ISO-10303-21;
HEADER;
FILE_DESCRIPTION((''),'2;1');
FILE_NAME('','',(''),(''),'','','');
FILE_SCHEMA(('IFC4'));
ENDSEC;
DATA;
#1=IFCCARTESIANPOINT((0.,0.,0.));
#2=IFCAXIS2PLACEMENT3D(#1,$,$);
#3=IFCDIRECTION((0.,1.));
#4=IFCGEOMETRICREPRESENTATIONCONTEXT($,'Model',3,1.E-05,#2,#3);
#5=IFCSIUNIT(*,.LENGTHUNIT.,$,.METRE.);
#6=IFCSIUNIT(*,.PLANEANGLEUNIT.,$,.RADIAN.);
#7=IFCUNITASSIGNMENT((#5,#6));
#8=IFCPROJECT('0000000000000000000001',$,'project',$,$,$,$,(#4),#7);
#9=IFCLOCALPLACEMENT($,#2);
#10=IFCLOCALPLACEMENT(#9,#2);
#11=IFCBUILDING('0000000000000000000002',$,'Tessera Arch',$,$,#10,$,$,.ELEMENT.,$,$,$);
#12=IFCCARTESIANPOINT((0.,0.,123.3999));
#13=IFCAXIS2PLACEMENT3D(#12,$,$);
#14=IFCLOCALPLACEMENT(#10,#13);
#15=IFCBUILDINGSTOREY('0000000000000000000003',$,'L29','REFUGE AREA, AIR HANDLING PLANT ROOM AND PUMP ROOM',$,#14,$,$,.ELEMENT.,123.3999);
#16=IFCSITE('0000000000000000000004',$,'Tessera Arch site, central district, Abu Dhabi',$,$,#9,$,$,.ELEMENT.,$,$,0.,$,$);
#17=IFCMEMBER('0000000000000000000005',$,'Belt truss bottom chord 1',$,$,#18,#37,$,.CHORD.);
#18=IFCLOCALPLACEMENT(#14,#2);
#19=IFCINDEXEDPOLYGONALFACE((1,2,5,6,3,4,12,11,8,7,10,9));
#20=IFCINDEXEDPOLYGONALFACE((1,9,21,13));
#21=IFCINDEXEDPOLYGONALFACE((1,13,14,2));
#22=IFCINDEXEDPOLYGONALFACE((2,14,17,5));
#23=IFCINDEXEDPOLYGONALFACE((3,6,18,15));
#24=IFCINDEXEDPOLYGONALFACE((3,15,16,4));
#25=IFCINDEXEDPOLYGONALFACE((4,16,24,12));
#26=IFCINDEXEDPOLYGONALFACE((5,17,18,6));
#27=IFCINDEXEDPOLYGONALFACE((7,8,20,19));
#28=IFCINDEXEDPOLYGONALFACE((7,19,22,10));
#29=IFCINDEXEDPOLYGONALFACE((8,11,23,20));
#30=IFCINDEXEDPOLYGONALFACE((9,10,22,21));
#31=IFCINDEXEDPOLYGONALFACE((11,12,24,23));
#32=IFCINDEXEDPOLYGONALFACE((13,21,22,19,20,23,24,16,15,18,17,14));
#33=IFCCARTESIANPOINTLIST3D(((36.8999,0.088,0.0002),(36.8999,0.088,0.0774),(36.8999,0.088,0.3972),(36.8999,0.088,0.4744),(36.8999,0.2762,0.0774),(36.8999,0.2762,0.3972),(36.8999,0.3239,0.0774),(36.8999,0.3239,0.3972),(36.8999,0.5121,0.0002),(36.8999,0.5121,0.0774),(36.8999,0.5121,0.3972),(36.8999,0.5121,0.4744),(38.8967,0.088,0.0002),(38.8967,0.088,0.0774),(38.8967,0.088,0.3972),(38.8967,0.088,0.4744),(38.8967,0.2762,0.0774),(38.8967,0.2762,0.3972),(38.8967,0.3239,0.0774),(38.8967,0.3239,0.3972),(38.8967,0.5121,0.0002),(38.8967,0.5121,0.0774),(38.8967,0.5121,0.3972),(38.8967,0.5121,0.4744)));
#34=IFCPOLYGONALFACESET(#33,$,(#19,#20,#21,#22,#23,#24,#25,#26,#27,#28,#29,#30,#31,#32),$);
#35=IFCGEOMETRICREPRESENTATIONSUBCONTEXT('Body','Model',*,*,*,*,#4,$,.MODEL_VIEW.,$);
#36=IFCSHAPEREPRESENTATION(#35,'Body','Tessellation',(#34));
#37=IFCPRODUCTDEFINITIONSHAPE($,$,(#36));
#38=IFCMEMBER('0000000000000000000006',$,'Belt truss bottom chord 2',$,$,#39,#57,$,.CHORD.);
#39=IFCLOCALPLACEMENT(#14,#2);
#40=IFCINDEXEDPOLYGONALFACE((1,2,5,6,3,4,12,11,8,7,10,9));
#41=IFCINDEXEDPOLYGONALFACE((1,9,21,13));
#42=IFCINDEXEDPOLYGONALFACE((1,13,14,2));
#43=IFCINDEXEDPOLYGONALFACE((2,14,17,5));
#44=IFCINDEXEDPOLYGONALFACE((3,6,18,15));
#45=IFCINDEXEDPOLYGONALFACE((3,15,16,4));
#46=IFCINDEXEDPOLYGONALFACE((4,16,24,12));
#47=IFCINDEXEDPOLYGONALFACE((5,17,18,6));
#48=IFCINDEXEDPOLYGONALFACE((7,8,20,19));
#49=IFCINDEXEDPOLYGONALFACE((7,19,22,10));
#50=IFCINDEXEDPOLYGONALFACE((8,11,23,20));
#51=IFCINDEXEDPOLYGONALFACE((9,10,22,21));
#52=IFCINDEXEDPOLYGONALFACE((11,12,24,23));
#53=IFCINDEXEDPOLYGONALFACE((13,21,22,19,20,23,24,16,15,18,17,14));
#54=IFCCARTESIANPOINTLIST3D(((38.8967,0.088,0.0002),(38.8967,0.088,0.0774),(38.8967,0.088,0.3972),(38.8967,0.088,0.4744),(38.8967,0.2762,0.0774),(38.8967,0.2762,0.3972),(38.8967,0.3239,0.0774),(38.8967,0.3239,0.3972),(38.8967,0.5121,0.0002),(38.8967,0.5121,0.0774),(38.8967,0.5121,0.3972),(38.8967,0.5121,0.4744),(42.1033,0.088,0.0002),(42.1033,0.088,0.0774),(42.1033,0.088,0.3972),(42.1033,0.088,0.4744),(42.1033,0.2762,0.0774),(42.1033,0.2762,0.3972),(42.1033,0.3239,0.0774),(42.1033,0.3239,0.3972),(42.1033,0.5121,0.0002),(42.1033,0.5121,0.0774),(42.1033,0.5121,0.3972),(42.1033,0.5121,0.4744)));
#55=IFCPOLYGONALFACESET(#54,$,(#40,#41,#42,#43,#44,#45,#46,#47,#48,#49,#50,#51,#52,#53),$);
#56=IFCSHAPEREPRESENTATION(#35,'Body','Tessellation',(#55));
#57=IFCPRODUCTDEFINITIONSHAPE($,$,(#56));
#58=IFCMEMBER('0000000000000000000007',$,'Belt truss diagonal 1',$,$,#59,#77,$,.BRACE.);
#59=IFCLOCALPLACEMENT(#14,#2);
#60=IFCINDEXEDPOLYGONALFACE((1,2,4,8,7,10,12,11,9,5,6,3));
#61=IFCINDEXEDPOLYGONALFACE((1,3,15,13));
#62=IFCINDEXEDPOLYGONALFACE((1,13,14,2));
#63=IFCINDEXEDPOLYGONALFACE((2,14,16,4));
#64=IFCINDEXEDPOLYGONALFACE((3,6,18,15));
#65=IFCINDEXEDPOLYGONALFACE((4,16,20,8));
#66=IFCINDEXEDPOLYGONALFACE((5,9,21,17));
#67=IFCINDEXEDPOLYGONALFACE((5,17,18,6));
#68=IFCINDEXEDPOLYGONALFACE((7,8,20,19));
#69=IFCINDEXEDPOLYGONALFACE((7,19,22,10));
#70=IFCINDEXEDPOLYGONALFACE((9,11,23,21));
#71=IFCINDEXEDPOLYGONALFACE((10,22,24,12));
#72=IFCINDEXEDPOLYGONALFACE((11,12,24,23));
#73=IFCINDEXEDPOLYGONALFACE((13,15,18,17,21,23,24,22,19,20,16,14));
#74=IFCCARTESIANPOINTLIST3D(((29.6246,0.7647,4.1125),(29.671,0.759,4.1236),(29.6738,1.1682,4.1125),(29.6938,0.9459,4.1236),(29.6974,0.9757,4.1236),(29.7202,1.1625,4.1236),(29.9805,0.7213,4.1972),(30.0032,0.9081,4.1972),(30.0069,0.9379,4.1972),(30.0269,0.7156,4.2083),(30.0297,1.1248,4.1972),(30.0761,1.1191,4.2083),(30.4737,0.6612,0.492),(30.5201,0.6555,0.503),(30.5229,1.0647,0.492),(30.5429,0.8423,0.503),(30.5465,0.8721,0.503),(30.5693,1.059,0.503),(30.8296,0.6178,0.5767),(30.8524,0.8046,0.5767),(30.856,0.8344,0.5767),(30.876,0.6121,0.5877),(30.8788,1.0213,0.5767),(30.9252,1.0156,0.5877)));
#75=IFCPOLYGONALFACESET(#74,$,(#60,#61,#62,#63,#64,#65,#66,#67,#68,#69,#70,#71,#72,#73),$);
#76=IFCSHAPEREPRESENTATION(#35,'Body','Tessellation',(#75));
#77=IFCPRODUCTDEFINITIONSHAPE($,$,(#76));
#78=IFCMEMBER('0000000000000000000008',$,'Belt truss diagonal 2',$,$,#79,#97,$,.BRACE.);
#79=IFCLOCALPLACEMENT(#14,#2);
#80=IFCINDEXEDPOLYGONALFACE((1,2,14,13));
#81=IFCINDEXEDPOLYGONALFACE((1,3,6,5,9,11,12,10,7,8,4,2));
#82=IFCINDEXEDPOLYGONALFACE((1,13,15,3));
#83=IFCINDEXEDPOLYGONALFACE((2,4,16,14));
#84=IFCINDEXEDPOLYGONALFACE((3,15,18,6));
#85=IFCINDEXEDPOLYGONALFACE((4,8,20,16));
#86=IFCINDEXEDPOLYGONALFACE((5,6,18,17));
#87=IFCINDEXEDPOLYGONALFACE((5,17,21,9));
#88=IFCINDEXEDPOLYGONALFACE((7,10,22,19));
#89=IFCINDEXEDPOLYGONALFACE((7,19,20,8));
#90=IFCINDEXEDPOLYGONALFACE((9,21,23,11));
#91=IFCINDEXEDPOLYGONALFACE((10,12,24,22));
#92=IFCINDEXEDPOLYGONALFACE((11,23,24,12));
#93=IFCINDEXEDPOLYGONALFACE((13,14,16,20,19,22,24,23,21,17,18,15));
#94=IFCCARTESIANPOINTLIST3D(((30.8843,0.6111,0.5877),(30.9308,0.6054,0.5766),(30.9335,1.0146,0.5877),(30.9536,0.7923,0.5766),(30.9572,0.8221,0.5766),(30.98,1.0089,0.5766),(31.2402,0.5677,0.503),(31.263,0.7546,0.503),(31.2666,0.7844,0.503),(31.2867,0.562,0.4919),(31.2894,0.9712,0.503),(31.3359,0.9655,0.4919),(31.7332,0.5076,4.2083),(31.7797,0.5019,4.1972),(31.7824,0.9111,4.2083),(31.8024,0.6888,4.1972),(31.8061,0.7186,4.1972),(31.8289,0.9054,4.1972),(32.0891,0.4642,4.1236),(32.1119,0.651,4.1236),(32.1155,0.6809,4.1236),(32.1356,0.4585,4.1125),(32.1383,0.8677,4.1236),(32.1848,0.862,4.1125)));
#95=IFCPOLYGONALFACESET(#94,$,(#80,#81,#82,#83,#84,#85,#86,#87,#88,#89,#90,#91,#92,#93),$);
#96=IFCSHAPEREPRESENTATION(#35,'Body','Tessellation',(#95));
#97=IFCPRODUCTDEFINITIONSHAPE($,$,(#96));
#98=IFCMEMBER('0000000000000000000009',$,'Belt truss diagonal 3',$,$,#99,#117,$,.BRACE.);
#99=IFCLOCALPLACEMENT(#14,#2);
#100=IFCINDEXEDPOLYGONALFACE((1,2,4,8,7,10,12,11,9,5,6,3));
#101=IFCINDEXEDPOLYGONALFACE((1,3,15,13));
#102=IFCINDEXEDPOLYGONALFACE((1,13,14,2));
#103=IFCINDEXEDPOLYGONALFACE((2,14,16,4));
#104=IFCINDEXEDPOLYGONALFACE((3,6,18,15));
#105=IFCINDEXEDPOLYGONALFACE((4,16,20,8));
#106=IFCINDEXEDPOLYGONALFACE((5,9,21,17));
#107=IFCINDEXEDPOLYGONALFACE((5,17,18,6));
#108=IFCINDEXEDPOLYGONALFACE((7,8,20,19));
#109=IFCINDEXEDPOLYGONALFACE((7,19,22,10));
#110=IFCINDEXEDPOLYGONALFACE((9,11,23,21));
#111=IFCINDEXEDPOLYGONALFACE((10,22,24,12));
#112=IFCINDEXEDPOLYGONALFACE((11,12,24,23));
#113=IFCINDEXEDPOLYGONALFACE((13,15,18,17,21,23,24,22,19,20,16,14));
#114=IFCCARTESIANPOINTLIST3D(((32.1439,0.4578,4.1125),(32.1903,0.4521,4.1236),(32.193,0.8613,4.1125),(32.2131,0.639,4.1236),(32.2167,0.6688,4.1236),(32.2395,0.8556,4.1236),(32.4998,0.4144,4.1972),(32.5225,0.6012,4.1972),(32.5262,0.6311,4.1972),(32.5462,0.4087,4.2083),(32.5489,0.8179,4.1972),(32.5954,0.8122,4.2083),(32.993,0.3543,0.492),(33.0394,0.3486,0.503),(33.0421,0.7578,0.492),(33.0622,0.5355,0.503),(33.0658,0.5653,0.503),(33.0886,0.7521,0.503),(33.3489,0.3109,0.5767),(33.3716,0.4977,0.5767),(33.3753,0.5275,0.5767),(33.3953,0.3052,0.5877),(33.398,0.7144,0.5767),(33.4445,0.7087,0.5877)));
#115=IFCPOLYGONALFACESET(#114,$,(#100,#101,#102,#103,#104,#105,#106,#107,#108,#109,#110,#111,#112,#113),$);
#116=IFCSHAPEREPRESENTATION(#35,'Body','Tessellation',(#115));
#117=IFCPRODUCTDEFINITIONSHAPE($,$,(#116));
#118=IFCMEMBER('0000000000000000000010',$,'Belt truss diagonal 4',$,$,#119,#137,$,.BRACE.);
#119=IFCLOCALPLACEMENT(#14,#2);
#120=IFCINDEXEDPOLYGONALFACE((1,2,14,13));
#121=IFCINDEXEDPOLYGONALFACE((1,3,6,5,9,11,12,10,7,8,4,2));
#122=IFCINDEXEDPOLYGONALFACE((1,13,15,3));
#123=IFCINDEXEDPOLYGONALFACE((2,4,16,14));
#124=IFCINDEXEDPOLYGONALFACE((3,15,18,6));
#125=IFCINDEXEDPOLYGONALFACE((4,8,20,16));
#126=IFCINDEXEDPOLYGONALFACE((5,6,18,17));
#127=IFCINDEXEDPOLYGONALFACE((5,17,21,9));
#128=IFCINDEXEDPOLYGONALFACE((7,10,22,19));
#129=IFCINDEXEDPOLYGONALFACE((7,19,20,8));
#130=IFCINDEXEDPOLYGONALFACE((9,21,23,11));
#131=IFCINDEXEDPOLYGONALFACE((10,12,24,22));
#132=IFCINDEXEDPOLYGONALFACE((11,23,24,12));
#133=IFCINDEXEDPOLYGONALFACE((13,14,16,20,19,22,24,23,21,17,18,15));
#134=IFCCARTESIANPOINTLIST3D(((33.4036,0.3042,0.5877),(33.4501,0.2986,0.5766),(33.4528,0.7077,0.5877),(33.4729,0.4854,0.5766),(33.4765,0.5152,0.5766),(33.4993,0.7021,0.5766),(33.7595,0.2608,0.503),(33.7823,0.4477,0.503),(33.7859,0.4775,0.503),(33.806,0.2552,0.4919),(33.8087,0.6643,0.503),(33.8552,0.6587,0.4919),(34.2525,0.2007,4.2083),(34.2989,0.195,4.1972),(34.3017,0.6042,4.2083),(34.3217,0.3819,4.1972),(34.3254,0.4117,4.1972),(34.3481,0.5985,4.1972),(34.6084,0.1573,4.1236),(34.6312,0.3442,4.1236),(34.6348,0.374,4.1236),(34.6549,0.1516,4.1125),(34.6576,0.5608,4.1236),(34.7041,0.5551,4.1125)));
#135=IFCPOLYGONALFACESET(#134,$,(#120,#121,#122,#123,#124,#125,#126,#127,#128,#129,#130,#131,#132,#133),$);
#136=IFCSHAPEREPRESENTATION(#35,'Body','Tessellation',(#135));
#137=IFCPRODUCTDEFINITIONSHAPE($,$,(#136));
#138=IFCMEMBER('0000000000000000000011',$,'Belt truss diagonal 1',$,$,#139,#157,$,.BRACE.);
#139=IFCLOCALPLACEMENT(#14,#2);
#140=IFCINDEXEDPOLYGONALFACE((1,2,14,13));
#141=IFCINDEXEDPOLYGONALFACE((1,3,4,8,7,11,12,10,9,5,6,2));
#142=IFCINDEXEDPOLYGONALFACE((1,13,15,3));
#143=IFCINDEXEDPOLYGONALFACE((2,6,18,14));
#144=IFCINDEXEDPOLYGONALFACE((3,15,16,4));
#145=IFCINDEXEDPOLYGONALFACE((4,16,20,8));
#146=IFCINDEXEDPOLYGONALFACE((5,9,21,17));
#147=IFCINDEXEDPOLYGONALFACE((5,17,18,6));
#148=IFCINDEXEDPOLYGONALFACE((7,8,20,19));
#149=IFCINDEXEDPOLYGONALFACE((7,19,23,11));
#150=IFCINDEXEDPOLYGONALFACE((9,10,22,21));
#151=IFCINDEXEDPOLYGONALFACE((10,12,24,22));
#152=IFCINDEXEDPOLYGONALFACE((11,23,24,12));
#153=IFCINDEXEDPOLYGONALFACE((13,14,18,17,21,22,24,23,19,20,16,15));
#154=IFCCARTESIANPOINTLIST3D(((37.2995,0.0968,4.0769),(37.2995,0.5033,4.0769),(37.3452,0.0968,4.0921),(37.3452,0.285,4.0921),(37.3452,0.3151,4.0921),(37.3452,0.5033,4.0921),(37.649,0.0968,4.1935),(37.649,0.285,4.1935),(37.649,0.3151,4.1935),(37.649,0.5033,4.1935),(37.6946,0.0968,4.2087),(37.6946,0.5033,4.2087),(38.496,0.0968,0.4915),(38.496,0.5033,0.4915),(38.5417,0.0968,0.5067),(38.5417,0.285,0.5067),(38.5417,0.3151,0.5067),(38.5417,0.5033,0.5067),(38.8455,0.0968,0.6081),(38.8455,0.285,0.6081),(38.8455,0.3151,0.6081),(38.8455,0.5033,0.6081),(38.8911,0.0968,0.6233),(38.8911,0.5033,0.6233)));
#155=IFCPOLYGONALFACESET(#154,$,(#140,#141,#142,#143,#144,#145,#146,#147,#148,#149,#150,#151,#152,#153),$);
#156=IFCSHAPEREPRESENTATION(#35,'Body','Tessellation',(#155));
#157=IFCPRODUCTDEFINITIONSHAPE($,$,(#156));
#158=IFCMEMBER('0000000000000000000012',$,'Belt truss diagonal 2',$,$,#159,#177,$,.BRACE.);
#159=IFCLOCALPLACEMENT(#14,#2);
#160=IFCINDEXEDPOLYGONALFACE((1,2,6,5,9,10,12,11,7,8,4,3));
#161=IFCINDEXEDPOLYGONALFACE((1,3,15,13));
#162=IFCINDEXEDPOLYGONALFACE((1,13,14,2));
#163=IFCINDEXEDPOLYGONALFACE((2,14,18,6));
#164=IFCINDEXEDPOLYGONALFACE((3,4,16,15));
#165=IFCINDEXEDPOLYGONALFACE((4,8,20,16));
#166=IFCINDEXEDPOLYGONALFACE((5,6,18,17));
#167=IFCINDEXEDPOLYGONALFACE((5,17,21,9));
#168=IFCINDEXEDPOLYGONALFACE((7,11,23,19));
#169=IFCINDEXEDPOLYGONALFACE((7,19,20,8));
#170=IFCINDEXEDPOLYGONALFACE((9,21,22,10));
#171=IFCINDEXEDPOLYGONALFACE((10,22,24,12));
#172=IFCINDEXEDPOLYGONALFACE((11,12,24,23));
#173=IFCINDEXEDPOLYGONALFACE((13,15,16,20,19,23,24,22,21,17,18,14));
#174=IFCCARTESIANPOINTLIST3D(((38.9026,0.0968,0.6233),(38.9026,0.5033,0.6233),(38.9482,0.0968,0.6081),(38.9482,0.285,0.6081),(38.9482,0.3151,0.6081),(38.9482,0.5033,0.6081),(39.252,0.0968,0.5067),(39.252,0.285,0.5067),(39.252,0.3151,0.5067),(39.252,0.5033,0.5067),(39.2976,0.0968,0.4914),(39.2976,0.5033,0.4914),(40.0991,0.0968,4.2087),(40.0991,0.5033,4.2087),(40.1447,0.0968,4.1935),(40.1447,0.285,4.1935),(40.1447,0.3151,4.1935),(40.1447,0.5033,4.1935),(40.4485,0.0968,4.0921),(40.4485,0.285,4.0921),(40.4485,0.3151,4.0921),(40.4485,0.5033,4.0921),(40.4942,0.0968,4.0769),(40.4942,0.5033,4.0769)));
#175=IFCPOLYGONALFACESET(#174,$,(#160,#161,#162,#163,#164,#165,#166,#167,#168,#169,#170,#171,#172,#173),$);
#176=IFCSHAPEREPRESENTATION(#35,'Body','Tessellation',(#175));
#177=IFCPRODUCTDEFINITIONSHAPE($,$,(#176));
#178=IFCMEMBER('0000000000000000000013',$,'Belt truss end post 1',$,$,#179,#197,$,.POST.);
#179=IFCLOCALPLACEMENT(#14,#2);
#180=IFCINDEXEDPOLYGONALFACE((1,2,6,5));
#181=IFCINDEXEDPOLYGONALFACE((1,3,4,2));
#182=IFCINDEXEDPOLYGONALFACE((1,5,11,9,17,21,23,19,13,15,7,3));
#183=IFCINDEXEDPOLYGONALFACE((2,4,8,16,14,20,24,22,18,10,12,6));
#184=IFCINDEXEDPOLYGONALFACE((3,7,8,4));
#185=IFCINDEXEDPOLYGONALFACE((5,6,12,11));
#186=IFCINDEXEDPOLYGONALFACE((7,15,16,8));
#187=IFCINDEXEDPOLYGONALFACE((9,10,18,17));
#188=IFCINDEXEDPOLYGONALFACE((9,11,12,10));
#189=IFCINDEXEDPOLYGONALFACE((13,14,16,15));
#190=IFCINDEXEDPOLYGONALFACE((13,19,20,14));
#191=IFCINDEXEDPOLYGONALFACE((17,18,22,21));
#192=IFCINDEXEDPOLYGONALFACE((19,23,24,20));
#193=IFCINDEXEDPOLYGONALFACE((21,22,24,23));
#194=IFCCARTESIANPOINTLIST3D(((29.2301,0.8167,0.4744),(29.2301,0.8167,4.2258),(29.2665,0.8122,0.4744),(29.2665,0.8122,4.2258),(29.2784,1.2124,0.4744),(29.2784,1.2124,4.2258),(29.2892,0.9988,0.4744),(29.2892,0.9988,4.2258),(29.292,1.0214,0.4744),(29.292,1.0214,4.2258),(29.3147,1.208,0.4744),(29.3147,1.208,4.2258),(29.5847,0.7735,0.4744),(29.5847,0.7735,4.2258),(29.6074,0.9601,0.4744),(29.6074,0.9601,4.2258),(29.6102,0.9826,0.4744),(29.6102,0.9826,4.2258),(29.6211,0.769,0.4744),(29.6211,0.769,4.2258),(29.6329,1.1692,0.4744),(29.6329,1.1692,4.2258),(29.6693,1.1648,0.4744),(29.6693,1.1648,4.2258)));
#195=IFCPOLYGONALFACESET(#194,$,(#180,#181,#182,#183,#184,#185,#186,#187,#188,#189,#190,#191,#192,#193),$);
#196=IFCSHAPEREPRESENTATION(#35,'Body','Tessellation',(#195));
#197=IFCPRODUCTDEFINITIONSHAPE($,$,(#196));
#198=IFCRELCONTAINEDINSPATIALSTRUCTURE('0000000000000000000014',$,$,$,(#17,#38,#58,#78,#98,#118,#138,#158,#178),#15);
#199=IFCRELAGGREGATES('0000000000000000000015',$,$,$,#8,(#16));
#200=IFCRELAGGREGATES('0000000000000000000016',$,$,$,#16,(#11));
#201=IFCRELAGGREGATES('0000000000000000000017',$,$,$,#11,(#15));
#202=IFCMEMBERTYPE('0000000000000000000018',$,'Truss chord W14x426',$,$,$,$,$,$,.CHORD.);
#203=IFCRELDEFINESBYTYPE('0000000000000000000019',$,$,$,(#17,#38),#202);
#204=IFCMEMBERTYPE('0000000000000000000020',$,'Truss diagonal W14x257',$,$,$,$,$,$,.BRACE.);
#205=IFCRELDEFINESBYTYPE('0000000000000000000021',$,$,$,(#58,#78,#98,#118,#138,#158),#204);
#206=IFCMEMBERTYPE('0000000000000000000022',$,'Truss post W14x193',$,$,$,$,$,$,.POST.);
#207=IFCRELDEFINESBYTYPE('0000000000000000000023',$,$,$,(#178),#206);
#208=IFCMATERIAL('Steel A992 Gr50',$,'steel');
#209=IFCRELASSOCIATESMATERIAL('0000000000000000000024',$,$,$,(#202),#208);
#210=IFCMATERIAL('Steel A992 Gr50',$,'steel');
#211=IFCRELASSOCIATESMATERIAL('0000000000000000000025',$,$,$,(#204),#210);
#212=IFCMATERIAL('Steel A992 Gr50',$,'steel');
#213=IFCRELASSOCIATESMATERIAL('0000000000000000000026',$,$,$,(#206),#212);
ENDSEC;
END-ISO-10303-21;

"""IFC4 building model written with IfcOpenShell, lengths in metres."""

from ifc_helpers import new_model, si_unit, direction, frame, origin, origin_2d, place, context, subcontext, project, spatial, i_section, extrude, material, material_profile, profile_set, type_object, element, save


model = new_model("IFC4")

# Units and contexts
model_context = context("Model", 3, precision=1e-05, world=origin(), true_north=direction((0.0, 1.0)))
body_context = subcontext(model_context, "Body", "Model", "MODEL_VIEW")
ifc_project = project(units=[si_unit("LENGTHUNIT", "METRE"), si_unit("PLANEANGLEUNIT", "RADIAN")], contexts=[model_context])

# Site, building, storey
site_placement = place(None, origin())
site = spatial("IfcSite", under=ifc_project, at=site_placement, Name="Tessera Arch site, central district, Abu Dhabi", CompositionType="ELEMENT", RefElevation=0.0)
building_placement = place(site_placement, origin())
building = spatial("IfcBuilding", under=site, at=building_placement, Name="Tessera Arch", CompositionType="ELEMENT")
storey_placement = place(building_placement, frame((0.0, 0.0, 123.3999)))
storey = spatial("IfcBuildingStorey", under=building, at=storey_placement, Name="L29", Description="REFUGE AREA, AIR HANDLING PLANT ROOM AND PUMP ROOM", CompositionType="ELEMENT", Elevation=123.3999)

# Members
ifc_material_1 = material(Name="Steel A992 Gr50", Category="steel")
ifc_material_profile_1 = material_profile(ifc_material_1, i_section(OverallWidth=0.4241, OverallDepth=0.4741, WebThickness=0.0476, FlangeThickness=0.0771, at=origin_2d()), Name="W14x426")
ifc_profile_set_1 = profile_set([ifc_material_profile_1], Name="Steel A992 Gr50")
member_type_1 = type_object("IfcMemberType", Name="Truss chord W14x426", PredefinedType="CHORD", material=ifc_profile_set_1)
member_1_placement = place(storey_placement, frame((36.8999, 0.3, 0.2373), z_axis=(1.0, 0.0, 0.0), x_axis=(0.0, 1.0, 0.0)))
element("IfcMember", 1, at=member_1_placement, inside=storey, type_object=member_type_1, Name="Belt truss bottom chord 1", PredefinedType="CHORD", context=body_context, shape_type="SweptSolid", body=[
    extrude(i_section(OverallWidth=0.4241, OverallDepth=0.4741, WebThickness=0.0476, FlangeThickness=0.0771, at=origin_2d()), origin(), (0.0, 0.0, 1.0), 1.9968),
])
member_2_placement = place(storey_placement, frame((38.8967, 0.3, 0.2373), z_axis=(1.0, 0.0, 0.0), x_axis=(0.0, 1.0, 0.0)))
element("IfcMember", 2, at=member_2_placement, inside=storey, type_object=member_type_1, Name="Belt truss bottom chord 2", PredefinedType="CHORD", context=body_context, shape_type="SweptSolid", body=[
    extrude(i_section(OverallWidth=0.4241, OverallDepth=0.4741, WebThickness=0.0476, FlangeThickness=0.0771, at=origin_2d()), origin(), (0.0, 0.0, 1.0), 3.2065),
])
ifc_material_2 = material(Name="Steel A992 Gr50", Category="steel")
ifc_material_profile_2 = material_profile(ifc_material_2, i_section(OverallWidth=0.4065, OverallDepth=0.4165, WebThickness=0.03, FlangeThickness=0.0481, at=origin_2d()), Name="W14x257")
ifc_profile_set_2 = profile_set([ifc_material_profile_2], Name="Steel A992 Gr50")
member_type_2 = type_object("IfcMemberType", Name="Truss diagonal W14x257", PredefinedType="BRACE", material=ifc_profile_set_2)
for number, where, z_axis, x_axis, name in (
    (3, (29.8503, 0.9419, 4.1604), (0.228241, -0.027825, -0.973207), (0.121013, 0.992651, 0.0), "Belt truss diagonal 1"),
    (4, (31.1101, 0.7883, 0.5398), (0.228179, -0.027825, 0.973222), (0.121048, 0.992647, 0.0), "Belt truss diagonal 2"),
    (5, (32.3696, 0.635, 4.1604), (0.228241, -0.027825, -0.973207), (0.121013, 0.992651, 0.0), "Belt truss diagonal 3"),
    (6, (33.6294, 0.4814, 0.5398), (0.228179, -0.027825, 0.973222), (0.121048, 0.992647, 0.0), "Belt truss diagonal 4"),
):
    element("IfcMember", number, at=place(storey_placement, frame(where, z_axis=z_axis, x_axis=x_axis)), inside=storey, type_object=member_type_2, Name=name, PredefinedType="BRACE", context=body_context, shape_type="SweptSolid", body=[
        extrude(i_section(OverallWidth=0.4065, OverallDepth=0.4165, WebThickness=0.03, FlangeThickness=0.0481, at=origin_2d()), origin(), (0.0, 0.0, 1.0), 3.7202),
    ])
for number, where, z_axis, x_axis, name in (
    (7, (37.4971, 0.3, 4.1428), (0.316557, 0.0, -0.948573), (0.0, 1.0, 0.0), "Belt truss diagonal 1"),
    (8, (39.1001, 0.3, 0.5574), (0.316557, 0.0, 0.948573), (0.0, 1.0, 0.0), "Belt truss diagonal 2"),
):
    element("IfcMember", number, at=place(storey_placement, frame(where, z_axis=z_axis, x_axis=x_axis)), inside=storey, type_object=member_type_2, Name=name, PredefinedType="BRACE", context=body_context, shape_type="SweptSolid", body=[
        extrude(i_section(OverallWidth=0.4065, OverallDepth=0.4165, WebThickness=0.03, FlangeThickness=0.0481, at=origin_2d()), origin(), (0.0, 0.0, 1.0), 3.7798),
    ])
ifc_material_3 = material(Name="Steel A992 Gr50", Category="steel")
ifc_material_profile_3 = material_profile(ifc_material_3, i_section(OverallWidth=0.3987, OverallDepth=0.3938, WebThickness=0.0227, FlangeThickness=0.0366, at=origin_2d()), Name="W14x193")
ifc_profile_set_3 = profile_set([ifc_material_profile_3], Name="Steel A992 Gr50")
member_type_3 = type_object("IfcMemberType", Name="Truss post W14x193", PredefinedType="POST", material=ifc_profile_set_3)
for number, where, z_axis, x_axis, name in (
    (9, (29.4497, 0.9907, 0.4744), (0.0, 0.0, 1.0), (0.120952, 0.992658, 0.0), "Belt truss end post 1"),
):
    element("IfcMember", number, at=place(storey_placement, frame(where, z_axis=z_axis, x_axis=x_axis)), inside=storey, type_object=member_type_3, Name=name, PredefinedType="POST", context=body_context, shape_type="SweptSolid", body=[
        extrude(i_section(OverallWidth=0.3987, OverallDepth=0.3938, WebThickness=0.0227, FlangeThickness=0.0366, at=origin_2d()), origin(), (0.0, 0.0, 1.0), 3.7515),
    ])

save(model, "model.ifc")
